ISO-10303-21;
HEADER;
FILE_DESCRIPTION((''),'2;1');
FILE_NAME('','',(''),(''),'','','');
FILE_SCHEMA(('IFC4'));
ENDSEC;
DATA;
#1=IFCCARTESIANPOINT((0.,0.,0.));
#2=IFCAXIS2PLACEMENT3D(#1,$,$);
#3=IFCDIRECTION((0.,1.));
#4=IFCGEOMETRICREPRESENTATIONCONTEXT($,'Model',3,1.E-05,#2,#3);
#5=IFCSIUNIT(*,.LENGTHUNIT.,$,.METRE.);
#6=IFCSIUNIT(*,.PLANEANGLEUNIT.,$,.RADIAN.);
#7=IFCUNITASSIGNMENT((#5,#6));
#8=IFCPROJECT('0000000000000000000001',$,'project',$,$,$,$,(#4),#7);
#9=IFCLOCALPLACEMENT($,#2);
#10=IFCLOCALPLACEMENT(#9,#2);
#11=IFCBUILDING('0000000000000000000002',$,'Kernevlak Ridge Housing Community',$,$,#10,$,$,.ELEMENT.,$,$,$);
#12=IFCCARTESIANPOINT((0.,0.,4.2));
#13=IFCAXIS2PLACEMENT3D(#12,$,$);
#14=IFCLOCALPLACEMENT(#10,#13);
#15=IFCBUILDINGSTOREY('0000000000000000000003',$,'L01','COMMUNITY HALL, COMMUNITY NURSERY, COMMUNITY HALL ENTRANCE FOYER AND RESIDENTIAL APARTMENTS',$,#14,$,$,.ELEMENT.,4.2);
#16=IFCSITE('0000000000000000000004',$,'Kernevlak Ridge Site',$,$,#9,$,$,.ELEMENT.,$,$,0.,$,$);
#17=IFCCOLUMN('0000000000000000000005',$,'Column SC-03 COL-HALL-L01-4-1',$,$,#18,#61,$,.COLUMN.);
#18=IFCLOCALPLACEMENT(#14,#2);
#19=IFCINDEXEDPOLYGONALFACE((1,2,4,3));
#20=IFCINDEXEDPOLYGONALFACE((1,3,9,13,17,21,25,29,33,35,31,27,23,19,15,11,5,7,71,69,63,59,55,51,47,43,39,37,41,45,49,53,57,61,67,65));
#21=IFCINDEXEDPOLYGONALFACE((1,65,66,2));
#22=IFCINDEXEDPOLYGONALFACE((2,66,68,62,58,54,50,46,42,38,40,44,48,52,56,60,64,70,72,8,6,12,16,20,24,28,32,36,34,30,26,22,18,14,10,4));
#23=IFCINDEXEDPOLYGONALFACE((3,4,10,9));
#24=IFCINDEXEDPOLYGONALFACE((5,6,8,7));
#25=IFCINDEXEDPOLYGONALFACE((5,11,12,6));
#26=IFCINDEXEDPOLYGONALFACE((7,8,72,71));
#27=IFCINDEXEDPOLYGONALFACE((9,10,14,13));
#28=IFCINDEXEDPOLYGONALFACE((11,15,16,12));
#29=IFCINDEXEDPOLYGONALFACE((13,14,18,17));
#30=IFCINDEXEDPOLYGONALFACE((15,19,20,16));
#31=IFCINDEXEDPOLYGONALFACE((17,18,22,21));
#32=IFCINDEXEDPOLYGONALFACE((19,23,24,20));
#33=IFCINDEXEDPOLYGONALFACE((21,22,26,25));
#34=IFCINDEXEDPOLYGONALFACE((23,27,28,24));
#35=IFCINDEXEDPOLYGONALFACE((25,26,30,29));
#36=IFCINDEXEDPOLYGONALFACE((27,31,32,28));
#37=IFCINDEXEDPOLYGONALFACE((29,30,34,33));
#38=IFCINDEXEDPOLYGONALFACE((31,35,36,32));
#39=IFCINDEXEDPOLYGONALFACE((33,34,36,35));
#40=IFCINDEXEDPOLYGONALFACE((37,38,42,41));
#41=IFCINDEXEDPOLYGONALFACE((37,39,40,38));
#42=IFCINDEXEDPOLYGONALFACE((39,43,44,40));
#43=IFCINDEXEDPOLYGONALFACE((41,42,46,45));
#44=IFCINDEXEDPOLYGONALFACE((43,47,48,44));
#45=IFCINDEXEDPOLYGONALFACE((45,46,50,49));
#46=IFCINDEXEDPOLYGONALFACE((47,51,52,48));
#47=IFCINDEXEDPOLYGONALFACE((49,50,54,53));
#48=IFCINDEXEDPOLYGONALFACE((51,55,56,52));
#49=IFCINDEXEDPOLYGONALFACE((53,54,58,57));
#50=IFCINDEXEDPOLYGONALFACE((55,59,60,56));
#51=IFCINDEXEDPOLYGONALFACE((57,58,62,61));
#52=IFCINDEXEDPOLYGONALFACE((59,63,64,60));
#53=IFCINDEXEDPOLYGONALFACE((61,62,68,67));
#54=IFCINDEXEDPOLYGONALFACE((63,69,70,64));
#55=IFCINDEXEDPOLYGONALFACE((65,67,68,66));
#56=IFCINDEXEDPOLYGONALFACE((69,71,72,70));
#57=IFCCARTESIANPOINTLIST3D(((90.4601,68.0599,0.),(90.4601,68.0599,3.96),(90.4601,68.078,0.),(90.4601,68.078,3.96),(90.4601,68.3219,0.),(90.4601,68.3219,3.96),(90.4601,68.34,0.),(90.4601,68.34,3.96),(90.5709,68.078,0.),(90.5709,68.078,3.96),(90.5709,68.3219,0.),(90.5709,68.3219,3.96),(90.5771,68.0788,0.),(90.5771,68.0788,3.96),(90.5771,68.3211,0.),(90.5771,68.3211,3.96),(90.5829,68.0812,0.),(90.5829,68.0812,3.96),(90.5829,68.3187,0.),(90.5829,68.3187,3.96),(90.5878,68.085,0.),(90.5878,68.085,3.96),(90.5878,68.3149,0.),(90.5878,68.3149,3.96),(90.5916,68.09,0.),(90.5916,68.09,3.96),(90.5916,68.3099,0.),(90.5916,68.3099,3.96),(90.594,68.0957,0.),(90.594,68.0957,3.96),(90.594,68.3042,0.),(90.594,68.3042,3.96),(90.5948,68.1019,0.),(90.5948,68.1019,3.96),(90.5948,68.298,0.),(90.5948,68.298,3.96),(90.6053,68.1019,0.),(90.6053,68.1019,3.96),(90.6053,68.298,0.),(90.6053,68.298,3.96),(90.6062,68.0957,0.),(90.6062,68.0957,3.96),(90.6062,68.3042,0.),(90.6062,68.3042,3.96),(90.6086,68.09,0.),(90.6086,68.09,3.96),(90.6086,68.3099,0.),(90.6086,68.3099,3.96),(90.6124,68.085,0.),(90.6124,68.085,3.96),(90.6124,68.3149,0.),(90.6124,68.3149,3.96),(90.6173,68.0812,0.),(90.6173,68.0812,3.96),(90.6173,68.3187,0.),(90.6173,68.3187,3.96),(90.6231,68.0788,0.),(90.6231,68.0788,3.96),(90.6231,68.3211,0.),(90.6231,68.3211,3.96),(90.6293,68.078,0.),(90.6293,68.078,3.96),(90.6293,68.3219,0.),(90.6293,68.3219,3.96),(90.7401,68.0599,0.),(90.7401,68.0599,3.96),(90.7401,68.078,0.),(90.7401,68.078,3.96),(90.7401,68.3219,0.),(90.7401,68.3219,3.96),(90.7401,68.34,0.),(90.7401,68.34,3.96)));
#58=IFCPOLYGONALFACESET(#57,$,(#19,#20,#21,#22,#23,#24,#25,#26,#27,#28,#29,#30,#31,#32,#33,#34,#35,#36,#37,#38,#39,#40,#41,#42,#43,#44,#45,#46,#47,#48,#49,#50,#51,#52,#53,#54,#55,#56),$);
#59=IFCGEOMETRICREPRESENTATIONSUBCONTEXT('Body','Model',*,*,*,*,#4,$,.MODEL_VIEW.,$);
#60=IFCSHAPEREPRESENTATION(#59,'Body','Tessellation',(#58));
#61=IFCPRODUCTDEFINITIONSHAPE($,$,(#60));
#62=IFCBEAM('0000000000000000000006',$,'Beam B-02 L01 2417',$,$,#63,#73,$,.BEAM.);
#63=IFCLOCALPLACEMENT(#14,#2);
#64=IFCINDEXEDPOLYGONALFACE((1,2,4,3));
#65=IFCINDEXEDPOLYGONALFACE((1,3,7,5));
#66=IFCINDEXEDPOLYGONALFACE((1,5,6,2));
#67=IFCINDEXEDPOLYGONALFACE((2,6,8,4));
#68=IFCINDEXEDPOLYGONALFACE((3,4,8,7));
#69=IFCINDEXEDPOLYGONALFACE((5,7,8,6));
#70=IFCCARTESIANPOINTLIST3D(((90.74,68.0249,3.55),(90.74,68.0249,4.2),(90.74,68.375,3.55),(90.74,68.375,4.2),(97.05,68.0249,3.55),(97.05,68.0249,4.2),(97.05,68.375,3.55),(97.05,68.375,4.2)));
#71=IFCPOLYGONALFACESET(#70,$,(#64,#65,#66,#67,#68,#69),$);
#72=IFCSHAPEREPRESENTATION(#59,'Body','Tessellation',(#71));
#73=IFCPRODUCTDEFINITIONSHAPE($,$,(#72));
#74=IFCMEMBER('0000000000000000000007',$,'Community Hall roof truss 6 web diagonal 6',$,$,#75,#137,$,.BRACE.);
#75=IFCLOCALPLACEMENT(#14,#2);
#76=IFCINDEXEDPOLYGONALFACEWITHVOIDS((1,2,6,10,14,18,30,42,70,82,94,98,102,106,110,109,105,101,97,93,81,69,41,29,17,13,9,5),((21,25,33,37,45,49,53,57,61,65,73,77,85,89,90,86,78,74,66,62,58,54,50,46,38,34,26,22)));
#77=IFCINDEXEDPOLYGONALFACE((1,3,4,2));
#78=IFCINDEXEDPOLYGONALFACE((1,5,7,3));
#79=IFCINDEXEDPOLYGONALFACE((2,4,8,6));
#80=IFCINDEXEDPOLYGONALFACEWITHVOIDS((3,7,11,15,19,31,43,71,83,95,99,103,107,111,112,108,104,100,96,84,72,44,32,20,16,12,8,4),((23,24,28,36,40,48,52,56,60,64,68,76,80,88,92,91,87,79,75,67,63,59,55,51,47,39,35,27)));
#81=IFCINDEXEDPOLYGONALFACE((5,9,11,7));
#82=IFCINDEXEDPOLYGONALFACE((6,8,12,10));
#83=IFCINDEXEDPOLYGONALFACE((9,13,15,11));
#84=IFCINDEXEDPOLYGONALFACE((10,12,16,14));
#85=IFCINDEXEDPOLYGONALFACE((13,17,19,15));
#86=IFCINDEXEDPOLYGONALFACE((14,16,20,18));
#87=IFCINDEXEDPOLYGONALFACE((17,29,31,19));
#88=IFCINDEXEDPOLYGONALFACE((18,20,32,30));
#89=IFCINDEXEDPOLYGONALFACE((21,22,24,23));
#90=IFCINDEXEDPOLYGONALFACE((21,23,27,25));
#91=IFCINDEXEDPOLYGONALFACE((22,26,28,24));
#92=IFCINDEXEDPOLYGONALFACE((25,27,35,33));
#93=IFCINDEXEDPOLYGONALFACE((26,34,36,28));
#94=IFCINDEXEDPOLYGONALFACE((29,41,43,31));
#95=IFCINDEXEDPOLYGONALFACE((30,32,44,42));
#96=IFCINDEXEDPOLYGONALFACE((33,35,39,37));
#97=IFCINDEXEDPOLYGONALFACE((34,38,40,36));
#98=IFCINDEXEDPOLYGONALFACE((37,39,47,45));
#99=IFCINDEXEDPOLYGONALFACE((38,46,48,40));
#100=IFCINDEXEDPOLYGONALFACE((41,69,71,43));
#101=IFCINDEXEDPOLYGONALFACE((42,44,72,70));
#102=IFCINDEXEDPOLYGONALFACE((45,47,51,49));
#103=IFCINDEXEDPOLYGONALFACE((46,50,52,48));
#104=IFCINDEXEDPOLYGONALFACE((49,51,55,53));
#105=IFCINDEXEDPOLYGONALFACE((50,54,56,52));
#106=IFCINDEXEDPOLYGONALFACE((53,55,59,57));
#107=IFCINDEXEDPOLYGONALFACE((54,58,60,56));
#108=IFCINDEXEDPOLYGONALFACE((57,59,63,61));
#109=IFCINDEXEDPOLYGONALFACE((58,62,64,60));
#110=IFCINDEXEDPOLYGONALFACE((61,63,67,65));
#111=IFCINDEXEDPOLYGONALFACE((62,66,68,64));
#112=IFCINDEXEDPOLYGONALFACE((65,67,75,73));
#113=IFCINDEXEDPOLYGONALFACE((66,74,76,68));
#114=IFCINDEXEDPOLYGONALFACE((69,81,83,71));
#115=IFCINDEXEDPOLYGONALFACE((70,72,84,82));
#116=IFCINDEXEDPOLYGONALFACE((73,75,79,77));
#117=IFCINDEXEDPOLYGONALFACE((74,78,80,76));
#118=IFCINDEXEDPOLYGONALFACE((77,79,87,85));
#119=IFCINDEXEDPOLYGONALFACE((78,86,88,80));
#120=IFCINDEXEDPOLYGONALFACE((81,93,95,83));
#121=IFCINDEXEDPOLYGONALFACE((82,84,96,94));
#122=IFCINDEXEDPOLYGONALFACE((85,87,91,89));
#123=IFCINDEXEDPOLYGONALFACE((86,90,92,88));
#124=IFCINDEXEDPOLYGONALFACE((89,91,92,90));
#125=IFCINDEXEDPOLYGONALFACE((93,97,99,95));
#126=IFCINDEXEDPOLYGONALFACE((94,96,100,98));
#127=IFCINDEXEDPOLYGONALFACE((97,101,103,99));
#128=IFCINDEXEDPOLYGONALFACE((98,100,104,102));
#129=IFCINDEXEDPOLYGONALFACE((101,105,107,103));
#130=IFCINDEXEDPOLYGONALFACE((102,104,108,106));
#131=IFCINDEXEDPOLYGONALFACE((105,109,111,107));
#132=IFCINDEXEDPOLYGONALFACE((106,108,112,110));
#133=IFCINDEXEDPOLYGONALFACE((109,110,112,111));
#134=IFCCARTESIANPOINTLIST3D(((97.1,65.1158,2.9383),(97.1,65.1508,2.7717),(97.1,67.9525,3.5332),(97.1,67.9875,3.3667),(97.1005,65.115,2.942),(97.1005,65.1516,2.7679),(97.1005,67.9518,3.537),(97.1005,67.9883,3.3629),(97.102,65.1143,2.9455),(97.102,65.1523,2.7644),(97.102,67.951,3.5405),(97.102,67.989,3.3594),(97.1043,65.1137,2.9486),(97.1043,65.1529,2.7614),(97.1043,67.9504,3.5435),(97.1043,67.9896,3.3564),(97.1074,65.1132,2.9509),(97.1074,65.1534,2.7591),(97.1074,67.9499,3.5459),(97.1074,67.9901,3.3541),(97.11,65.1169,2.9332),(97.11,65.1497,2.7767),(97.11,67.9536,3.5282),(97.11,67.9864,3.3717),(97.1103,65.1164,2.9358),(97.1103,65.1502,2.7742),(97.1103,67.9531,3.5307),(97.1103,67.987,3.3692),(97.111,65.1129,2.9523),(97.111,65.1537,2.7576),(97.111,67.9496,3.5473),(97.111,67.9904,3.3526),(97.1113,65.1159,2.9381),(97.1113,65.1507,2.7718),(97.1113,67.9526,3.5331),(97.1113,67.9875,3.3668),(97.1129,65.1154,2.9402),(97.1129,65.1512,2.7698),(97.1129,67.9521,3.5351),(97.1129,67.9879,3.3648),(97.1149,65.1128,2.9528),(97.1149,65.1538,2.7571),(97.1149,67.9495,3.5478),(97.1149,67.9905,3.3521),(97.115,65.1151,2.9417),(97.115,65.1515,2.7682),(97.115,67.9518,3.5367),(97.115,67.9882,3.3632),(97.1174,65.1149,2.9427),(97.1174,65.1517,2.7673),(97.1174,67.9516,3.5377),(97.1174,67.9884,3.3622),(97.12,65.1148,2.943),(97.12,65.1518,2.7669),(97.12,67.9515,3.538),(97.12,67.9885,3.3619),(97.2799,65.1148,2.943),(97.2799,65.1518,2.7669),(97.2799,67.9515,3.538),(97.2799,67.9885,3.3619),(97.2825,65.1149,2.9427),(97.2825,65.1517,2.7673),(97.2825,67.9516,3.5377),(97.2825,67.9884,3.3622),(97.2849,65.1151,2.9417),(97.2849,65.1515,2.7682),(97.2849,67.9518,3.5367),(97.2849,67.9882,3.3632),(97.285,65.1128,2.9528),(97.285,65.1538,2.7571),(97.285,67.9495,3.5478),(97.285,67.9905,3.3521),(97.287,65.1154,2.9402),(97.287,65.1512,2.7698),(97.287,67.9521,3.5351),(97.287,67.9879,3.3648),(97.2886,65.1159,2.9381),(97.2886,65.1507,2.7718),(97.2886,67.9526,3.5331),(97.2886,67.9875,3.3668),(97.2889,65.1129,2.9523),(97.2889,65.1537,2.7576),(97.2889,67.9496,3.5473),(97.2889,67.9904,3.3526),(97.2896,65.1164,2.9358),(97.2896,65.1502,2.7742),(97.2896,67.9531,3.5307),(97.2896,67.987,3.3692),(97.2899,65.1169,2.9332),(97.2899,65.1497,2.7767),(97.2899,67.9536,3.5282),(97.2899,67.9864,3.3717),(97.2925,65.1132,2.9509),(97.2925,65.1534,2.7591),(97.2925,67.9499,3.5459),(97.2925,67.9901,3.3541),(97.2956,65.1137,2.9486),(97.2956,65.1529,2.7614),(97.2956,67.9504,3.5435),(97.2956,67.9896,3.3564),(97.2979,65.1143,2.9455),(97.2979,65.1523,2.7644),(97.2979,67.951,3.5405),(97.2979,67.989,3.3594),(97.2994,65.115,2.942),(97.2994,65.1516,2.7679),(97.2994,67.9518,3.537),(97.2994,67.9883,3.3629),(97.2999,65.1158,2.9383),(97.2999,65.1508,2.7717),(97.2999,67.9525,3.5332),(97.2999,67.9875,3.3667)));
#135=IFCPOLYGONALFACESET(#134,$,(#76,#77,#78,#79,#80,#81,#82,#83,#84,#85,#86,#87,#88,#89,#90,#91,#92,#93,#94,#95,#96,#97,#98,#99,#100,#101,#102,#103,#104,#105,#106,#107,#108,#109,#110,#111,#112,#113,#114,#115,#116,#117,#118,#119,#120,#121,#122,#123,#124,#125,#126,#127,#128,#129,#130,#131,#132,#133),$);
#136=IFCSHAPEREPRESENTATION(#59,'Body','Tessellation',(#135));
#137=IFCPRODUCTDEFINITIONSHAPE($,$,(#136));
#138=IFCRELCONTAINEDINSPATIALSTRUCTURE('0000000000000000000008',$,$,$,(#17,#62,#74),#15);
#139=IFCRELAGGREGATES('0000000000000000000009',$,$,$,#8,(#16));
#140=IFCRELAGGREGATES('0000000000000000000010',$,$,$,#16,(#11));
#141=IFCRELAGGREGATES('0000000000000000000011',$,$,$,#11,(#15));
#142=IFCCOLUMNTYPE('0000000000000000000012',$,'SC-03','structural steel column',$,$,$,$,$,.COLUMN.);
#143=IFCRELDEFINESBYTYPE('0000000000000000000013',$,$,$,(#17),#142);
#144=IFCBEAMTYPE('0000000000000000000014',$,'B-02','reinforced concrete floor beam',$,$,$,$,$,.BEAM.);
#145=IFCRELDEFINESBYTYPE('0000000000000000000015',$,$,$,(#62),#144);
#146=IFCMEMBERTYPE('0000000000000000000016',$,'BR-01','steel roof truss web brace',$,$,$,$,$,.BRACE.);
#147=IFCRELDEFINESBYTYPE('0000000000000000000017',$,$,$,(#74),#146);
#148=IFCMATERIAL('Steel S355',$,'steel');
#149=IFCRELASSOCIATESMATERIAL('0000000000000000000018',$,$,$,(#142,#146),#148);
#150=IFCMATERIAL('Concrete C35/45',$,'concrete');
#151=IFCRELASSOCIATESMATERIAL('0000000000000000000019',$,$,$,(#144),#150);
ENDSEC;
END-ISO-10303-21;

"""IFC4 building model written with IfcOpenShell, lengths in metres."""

from ifc_helpers import new_model, si_unit, direction, frame, origin, origin_2d, place, context, subcontext, project, spatial, rectangle, hollow_rectangle, i_section, extrude, material, material_profile, profile_set, type_object, element, save


model = new_model("IFC4")

# Units and contexts
model_context = context("Model", 3, precision=1e-05, world=origin(), true_north=direction((0.0, 1.0)))
body_context = subcontext(model_context, "Body", "Model", "MODEL_VIEW")
ifc_project = project(units=[si_unit("LENGTHUNIT", "METRE"), si_unit("PLANEANGLEUNIT", "RADIAN")], contexts=[model_context])

# Site, building, storey
site_placement = place(None, origin())
site = spatial("IfcSite", under=ifc_project, at=site_placement, Name="Kernevlak Ridge Site", CompositionType="ELEMENT", RefElevation=0.0)
building_placement = place(site_placement, origin())
building = spatial("IfcBuilding", under=site, at=building_placement, Name="Kernevlak Ridge Housing Community", CompositionType="ELEMENT")
storey_placement = place(building_placement, frame((0.0, 0.0, 4.2)))
storey = spatial("IfcBuildingStorey", under=building, at=storey_placement, Name="L01", Description="COMMUNITY HALL, COMMUNITY NURSERY, COMMUNITY HALL ENTRANCE FOYER AND RESIDENTIAL APARTMENTS", CompositionType="ELEMENT", Elevation=4.2)

# Column
ifc_material_1 = material(Name="Steel S355", Category="steel")
ifc_material_profile_1 = material_profile(ifc_material_1, i_section(OverallWidth=0.28, OverallDepth=0.28, WebThickness=0.0105, FlangeThickness=0.0181, FilletRadius=0.0239, at=origin_2d()), Name="HEB 280")
ifc_profile_set_1 = profile_set([ifc_material_profile_1], Name="Steel S355")
column_type = type_object("IfcColumnType", Name="SC-03", Description="structural steel column", PredefinedType="COLUMN", material=ifc_profile_set_1)
column_placement = place(storey_placement, frame((90.6001, 68.2, 0.0), z_axis=(0.0, 0.0, 1.0), x_axis=(1.0, 0.0, 0.0)))
element("IfcColumn", 1, at=column_placement, inside=storey, type_object=column_type, Name="Column SC-03 COL-HALL-L01-4-1", PredefinedType="COLUMN", context=body_context, shape_type="SweptSolid", body=[
    extrude(i_section(OverallWidth=0.28, OverallDepth=0.28, WebThickness=0.0105, FlangeThickness=0.0181, FilletRadius=0.0239, at=origin_2d()), origin(), (0.0, 0.0, 1.0), 3.96),
])

# Beam
ifc_material_2 = material(Name="Concrete C35/45", Category="concrete")
ifc_material_profile_2 = material_profile(ifc_material_2, rectangle(XDim=0.3501, YDim=0.6499, at=origin_2d()), Name="RC 350x650")
ifc_profile_set_2 = profile_set([ifc_material_profile_2], Name="Concrete C35/45")
beam_type = type_object("IfcBeamType", Name="B-02", Description="reinforced concrete floor beam", PredefinedType="BEAM", material=ifc_profile_set_2)
beam_placement = place(storey_placement, frame((90.74, 68.2, 3.875), z_axis=(1.0, 0.0, 0.0), x_axis=(0.0, 1.0, 0.0)))
element("IfcBeam", 2, at=beam_placement, inside=storey, type_object=beam_type, Name="Beam B-02 L01 2417", PredefinedType="BEAM", context=body_context, shape_type="SweptSolid", body=[
    extrude(rectangle(XDim=0.3501, YDim=0.6499, at=origin_2d()), origin(), (0.0, 0.0, 1.0), 6.3101),
])

# Member
ifc_material_profile_3 = material_profile(ifc_material_1, hollow_rectangle(XDim=0.2, YDim=0.2, WallThickness=0.01, InnerFilletRadius=0.01, OuterFilletRadius=0.0149, at=origin_2d()), Name="SHS 200x200x10")
ifc_profile_set_3 = profile_set([ifc_material_profile_3], Name="Steel S355")
member_type_1 = type_object("IfcMemberType", Name="BR-01", Description="steel roof truss web brace", PredefinedType="BRACE", material=ifc_profile_set_3)
member_1_placement = place(storey_placement, frame((97.2, 65.1333, 2.855), z_axis=(0.0, 0.978704, 0.205276), x_axis=(-1.0, 0.0, 0.0)))
element("IfcMember", 3, at=member_1_placement, inside=storey, type_object=member_type_1, Name="Community Hall roof truss 6 web diagonal 6", PredefinedType="BRACE", context=body_context, shape_type="SweptSolid", body=[
    extrude(hollow_rectangle(XDim=0.2, YDim=0.2, WallThickness=0.01, InnerFilletRadius=0.01, OuterFilletRadius=0.0149, at=origin_2d()), origin(), (0.0, 0.0, 1.0), 2.8984),
])

save(model, "model.ifc")
